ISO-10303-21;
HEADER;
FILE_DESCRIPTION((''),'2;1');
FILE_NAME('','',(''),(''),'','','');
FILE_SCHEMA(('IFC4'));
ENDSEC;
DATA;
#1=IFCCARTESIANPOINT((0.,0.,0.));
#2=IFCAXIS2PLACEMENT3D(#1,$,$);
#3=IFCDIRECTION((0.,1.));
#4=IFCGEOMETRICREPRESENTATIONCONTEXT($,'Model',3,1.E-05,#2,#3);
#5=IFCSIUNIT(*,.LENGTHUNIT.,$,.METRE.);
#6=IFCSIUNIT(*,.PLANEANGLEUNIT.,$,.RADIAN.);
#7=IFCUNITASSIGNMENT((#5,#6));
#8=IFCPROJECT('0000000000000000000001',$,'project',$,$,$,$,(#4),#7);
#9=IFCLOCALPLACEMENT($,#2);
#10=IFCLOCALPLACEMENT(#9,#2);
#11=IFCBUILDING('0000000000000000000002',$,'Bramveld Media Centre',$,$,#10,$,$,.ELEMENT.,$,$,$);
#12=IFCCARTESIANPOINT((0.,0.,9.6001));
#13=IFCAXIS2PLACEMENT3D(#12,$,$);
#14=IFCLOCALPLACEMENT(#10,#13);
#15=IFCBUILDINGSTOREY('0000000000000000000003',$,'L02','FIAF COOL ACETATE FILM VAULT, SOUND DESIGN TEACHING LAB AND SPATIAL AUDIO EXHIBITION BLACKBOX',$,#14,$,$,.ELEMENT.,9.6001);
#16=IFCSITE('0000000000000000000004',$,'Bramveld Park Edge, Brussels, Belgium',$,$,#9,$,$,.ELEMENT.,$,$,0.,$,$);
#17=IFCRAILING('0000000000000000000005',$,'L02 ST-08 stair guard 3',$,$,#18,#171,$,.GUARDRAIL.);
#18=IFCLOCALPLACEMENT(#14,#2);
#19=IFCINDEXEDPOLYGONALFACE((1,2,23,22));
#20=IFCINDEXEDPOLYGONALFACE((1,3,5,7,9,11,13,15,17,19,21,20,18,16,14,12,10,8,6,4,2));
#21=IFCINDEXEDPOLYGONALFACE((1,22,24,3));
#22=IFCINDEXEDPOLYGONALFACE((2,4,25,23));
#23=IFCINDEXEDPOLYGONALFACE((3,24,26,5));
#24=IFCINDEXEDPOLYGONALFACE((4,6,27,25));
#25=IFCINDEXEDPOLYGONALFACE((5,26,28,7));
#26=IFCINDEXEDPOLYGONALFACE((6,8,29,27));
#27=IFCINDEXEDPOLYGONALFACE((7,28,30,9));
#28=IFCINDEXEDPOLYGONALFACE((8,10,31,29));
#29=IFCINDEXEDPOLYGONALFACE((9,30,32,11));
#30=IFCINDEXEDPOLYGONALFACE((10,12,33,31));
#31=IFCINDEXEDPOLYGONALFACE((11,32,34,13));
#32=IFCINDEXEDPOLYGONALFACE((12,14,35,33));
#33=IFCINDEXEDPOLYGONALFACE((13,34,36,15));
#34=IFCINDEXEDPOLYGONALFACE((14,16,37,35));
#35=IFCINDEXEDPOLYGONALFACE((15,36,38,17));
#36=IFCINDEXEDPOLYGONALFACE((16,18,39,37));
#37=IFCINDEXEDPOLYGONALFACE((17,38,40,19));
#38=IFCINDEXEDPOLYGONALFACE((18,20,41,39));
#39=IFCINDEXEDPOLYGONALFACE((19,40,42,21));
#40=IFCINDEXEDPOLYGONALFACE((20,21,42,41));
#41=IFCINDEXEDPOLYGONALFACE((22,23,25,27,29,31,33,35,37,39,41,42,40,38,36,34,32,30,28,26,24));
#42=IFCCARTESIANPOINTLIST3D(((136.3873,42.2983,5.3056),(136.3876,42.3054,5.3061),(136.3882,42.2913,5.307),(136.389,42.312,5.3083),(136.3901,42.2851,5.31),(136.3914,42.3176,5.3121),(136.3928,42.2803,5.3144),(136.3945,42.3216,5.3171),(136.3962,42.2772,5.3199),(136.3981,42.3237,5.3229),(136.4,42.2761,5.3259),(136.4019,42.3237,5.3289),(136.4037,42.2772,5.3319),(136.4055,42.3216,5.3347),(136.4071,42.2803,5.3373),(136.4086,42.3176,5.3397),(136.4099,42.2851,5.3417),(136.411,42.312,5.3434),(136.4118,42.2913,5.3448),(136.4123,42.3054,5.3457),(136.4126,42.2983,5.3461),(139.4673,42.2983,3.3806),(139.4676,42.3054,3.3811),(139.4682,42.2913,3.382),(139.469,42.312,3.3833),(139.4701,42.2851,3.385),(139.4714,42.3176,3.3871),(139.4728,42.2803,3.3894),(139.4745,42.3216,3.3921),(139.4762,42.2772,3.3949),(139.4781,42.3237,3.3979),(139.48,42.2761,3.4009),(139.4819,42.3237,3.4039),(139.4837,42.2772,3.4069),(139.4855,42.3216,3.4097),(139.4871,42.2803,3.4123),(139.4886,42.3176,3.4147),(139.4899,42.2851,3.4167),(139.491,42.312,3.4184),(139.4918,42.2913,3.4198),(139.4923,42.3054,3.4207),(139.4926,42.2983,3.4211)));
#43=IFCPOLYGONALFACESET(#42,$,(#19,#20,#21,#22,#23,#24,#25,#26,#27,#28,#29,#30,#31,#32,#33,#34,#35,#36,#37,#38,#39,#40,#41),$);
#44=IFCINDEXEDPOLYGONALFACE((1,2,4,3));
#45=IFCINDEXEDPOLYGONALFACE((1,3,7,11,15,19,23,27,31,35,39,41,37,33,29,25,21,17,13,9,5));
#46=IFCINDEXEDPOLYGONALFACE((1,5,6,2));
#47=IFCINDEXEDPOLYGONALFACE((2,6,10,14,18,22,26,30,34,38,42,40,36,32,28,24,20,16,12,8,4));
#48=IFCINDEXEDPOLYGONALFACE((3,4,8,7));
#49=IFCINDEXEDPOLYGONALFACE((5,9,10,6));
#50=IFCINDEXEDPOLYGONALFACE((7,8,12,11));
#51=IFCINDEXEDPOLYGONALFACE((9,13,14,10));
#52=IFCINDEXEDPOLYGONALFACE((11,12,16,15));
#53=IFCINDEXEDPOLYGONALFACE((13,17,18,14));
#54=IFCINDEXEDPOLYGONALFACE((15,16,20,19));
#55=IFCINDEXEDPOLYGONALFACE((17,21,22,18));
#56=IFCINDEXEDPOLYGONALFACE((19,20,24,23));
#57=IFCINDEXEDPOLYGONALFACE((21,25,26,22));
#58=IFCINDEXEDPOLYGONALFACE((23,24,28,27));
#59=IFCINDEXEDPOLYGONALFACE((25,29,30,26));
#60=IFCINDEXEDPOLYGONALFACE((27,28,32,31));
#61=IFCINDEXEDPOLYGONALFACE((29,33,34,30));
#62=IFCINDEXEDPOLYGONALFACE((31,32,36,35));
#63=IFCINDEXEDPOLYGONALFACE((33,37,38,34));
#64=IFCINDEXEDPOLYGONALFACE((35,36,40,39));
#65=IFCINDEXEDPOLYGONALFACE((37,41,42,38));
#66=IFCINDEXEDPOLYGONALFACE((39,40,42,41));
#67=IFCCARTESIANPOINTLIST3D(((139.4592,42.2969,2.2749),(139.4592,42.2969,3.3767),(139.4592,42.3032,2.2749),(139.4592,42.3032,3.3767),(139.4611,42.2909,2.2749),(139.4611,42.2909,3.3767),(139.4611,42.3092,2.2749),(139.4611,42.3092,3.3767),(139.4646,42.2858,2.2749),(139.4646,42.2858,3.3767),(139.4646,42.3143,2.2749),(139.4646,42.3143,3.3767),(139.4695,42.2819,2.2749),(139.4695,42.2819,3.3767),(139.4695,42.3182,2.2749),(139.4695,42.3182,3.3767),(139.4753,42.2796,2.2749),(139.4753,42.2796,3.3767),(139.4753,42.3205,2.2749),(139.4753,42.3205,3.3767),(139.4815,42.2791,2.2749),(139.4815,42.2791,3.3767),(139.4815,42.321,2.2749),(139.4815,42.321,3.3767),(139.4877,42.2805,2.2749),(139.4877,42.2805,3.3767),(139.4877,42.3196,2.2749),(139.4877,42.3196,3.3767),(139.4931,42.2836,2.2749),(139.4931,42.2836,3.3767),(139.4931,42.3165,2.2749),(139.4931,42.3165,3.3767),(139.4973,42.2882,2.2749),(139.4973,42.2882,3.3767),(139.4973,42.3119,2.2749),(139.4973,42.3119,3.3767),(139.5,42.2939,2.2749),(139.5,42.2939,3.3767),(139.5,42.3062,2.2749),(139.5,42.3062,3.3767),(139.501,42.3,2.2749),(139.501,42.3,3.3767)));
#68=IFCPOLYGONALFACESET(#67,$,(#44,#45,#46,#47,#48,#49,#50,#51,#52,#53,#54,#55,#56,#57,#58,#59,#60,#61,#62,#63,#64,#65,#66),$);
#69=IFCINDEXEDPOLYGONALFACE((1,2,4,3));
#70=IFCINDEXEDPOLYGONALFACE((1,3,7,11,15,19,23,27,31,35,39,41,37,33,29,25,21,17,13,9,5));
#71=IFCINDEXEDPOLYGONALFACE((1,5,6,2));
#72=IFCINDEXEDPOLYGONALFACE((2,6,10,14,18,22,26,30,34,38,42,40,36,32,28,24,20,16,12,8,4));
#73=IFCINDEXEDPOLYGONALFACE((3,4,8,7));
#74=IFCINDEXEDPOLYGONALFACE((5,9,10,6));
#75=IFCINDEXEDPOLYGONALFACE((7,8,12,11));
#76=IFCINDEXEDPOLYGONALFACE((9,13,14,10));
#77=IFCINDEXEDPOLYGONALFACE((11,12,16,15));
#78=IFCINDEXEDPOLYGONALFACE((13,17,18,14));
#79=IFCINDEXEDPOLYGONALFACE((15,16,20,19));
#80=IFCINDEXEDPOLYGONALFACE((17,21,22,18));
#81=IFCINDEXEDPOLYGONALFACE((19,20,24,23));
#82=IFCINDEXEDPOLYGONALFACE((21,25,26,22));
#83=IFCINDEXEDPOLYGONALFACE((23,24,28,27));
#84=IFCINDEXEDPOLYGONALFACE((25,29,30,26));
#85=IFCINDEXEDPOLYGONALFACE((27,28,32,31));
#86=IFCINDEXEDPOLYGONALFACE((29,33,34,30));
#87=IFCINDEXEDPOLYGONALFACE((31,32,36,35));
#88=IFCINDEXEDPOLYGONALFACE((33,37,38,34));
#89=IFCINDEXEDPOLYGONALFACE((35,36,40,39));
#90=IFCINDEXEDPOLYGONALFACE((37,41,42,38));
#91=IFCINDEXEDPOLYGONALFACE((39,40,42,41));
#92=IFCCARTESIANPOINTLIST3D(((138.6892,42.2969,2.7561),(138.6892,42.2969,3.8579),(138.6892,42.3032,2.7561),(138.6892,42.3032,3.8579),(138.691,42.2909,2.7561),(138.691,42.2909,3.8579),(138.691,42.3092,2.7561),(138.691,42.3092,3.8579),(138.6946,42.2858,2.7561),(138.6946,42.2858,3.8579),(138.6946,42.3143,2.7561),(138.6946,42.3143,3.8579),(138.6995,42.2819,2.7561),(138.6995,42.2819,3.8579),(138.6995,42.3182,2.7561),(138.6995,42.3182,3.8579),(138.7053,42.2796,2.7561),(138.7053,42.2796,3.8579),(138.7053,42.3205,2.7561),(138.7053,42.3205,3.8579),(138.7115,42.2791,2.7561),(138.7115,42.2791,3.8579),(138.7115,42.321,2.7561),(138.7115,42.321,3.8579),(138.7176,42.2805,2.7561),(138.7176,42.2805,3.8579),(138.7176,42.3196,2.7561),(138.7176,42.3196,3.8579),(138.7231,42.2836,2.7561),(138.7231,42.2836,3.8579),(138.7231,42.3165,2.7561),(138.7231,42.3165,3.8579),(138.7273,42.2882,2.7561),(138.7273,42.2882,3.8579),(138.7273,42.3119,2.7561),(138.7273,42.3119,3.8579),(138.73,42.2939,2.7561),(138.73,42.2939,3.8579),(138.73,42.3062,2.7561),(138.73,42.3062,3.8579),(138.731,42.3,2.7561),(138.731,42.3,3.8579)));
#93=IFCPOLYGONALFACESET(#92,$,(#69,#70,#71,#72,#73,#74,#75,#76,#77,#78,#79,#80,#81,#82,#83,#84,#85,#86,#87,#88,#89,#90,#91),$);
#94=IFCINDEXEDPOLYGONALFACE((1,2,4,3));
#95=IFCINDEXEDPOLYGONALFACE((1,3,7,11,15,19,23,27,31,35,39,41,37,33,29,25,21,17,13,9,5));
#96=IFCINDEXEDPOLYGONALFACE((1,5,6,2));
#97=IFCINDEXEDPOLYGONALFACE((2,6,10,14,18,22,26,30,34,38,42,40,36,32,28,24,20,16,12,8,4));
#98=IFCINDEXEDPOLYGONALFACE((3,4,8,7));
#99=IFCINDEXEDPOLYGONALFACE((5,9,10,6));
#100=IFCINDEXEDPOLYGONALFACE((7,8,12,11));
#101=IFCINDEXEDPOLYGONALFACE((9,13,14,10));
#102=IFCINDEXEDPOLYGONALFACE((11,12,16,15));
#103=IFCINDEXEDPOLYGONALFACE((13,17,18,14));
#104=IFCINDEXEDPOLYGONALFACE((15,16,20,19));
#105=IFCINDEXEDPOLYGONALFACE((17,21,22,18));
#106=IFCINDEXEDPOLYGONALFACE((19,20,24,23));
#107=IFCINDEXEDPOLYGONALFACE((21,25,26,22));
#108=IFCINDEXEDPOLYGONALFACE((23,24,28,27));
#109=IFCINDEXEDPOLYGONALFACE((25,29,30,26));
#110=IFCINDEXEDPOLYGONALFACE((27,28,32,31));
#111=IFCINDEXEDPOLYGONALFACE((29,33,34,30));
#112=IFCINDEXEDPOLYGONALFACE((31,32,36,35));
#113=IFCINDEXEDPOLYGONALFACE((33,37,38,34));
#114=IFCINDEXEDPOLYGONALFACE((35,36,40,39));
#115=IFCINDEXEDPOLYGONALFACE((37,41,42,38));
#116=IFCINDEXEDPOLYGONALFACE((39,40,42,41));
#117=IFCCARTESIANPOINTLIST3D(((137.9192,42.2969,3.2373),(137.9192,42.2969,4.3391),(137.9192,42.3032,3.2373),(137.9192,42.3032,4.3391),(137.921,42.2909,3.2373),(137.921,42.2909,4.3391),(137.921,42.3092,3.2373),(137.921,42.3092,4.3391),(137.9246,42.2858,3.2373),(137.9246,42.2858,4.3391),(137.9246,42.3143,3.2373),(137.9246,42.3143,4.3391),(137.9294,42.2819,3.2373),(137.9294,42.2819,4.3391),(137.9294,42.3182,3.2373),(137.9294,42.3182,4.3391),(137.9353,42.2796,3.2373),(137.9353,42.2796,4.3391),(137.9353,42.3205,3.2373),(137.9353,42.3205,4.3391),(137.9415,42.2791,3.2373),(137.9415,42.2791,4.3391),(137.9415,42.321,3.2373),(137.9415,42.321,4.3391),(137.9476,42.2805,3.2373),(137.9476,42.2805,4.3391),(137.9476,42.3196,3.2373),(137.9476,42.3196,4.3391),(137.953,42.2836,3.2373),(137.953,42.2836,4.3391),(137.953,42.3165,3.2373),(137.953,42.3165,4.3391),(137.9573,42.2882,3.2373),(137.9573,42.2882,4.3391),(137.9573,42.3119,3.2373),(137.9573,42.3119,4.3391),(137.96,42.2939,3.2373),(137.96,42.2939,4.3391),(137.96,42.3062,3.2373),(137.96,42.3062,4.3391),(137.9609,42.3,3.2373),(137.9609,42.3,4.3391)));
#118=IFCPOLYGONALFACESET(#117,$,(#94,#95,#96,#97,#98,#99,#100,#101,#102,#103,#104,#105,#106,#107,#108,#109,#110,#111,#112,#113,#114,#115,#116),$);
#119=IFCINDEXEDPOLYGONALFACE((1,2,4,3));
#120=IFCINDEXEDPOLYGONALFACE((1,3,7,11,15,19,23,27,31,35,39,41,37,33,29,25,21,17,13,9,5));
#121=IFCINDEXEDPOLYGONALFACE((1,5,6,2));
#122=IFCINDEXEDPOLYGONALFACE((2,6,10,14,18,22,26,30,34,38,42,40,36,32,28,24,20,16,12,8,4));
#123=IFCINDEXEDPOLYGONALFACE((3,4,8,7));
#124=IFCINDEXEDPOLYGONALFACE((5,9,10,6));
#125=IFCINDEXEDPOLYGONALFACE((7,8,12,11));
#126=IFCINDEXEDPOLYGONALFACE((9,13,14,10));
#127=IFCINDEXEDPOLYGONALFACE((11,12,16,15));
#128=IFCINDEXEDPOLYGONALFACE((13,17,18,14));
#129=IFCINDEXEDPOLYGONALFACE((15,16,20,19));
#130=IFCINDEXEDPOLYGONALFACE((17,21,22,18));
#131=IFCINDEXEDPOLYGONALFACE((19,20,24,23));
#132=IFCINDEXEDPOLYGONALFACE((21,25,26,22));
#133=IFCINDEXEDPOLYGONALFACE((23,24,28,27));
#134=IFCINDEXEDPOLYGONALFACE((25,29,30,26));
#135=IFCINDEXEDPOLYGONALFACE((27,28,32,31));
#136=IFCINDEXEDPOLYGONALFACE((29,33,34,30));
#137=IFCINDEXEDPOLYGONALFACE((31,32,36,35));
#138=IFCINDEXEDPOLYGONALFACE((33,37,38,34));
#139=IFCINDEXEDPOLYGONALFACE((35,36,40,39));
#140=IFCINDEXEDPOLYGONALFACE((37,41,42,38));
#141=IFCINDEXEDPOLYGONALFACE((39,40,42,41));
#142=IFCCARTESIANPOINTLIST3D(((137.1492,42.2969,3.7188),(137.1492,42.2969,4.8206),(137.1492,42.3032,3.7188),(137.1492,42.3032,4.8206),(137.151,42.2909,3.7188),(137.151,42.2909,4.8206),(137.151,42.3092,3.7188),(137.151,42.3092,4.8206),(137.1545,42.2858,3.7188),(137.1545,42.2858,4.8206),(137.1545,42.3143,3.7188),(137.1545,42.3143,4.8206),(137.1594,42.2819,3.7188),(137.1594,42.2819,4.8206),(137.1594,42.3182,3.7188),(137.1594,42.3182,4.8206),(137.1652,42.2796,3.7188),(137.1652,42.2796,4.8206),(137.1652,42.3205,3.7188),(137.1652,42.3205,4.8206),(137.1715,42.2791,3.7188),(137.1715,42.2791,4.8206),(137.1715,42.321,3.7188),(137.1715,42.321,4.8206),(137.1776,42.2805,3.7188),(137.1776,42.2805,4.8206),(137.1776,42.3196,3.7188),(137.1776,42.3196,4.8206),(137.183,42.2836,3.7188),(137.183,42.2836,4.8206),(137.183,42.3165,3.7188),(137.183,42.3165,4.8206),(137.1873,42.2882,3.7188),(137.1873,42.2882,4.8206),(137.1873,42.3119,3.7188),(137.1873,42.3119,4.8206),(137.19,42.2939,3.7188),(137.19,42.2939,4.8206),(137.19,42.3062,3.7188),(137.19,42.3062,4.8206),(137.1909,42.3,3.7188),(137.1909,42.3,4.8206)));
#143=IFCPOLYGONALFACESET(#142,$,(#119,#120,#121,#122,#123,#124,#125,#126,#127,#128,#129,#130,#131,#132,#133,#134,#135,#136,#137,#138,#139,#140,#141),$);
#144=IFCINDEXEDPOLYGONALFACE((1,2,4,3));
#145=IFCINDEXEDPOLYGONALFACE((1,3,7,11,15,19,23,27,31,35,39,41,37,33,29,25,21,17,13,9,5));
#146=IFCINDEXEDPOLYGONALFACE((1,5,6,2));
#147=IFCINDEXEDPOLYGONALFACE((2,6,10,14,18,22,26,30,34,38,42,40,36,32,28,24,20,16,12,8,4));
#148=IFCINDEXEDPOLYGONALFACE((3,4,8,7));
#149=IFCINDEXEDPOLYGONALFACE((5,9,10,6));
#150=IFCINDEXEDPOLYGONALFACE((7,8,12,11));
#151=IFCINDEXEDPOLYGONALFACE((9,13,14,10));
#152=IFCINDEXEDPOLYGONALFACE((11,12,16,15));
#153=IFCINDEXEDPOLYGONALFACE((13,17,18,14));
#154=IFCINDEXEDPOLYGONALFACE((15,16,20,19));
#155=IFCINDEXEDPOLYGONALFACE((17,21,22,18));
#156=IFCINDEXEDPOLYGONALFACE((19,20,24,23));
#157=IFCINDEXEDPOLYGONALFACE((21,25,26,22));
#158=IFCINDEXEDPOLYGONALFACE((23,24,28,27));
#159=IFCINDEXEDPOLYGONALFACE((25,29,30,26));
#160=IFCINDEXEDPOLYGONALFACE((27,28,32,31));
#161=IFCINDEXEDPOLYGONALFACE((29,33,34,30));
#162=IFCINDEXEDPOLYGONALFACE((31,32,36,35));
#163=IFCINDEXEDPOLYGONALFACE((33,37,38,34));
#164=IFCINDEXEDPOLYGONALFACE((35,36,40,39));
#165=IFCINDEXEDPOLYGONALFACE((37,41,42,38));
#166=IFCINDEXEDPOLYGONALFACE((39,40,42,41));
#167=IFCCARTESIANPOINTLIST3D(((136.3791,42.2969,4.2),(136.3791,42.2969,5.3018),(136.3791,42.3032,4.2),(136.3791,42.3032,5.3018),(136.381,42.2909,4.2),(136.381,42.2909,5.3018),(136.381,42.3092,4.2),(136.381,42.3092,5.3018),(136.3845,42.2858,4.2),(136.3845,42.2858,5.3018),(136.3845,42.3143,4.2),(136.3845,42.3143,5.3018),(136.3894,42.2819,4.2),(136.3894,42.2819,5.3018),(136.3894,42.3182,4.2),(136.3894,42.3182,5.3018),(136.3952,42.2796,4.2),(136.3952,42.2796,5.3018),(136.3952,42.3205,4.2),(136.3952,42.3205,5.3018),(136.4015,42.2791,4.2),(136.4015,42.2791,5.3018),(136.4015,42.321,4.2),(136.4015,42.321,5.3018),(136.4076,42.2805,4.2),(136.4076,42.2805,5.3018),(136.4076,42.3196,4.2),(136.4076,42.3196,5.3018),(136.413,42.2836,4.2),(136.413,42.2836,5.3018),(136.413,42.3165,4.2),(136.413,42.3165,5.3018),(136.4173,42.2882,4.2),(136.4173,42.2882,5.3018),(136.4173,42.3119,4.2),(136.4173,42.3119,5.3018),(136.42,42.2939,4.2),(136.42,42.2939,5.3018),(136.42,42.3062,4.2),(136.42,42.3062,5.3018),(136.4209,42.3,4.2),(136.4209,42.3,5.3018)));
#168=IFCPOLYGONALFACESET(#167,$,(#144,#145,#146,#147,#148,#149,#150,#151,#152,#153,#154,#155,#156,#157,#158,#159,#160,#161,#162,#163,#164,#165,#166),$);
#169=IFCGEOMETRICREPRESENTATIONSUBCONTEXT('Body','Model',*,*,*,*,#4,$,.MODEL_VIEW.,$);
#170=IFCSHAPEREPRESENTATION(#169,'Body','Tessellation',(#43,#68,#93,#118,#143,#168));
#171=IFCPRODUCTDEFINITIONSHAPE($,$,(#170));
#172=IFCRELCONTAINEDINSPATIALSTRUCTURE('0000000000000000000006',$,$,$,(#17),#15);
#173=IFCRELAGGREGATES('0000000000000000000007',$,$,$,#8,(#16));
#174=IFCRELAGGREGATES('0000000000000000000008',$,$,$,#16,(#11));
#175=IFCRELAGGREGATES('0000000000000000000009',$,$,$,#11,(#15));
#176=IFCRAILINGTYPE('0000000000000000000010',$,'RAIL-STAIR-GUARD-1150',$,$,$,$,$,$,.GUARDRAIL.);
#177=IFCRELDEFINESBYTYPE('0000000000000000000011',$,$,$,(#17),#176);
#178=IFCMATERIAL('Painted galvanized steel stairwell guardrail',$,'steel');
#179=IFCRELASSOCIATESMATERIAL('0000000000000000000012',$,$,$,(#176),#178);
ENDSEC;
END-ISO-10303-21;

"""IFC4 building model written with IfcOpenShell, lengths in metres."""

from ifc_helpers import new_model, si_unit, direction, frame, origin, origin_2d, place, context, subcontext, project, spatial, circle, extrude, material, type_object, element, save


model = new_model("IFC4")

# Units and contexts
model_context = context("Model", 3, precision=1e-05, world=origin(), true_north=direction((0.0, 1.0)))
body_context = subcontext(model_context, "Body", "Model", "MODEL_VIEW")
ifc_project = project(units=[si_unit("LENGTHUNIT", "METRE"), si_unit("PLANEANGLEUNIT", "RADIAN")], contexts=[model_context])

# Site, building, storey
site_placement = place(None, origin())
site = spatial("IfcSite", under=ifc_project, at=site_placement, Name="Bramveld Park Edge, Brussels, Belgium", CompositionType="ELEMENT", RefElevation=0.0)
building_placement = place(site_placement, origin())
building = spatial("IfcBuilding", under=site, at=building_placement, Name="Bramveld Media Centre", CompositionType="ELEMENT")
storey_placement = place(building_placement, frame((0.0, 0.0, 9.6001)))
storey = spatial("IfcBuildingStorey", under=building, at=storey_placement, Name="L02", Description="FIAF COOL ACETATE FILM VAULT, SOUND DESIGN TEACHING LAB AND SPATIAL AUDIO EXHIBITION BLACKBOX", CompositionType="ELEMENT", Elevation=9.6001)

# Railing
ifc_material_1 = material(Name="Painted galvanized steel stairwell guardrail", Category="steel")
railing_type_1 = type_object("IfcRailingType", Name="RAIL-STAIR-GUARD-1150", PredefinedType="GUARDRAIL", material=ifc_material_1)
railing_1_placement = place(storey_placement, frame((139.48, 42.3, 2.2749)))
element("IfcRailing", 1, at=railing_1_placement, inside=storey, type_object=railing_type_1, Name="L02 ST-08 stair guard 3", PredefinedType="GUARDRAIL", context=body_context, shape_type="SweptSolid", body=[
    extrude(circle(Radius=0.0239, at=origin_2d()), frame((0.0, 0.0, 1.126), z_axis=(-0.847998, 0.0, 0.529999), x_axis=(0.0, -1.0, 0.0)), (0.0, 0.0, 1.0), 3.6321),
    extrude(circle(Radius=0.021, at=origin_2d()), origin(), (0.0, 0.0, 1.0), 1.1018),
    extrude(circle(Radius=0.021, at=origin_2d()), frame((-0.77, 0.0, 0.4812)), (0.0, 0.0, 1.0), 1.1018),
    extrude(circle(Radius=0.021, at=origin_2d()), frame((-1.54, 0.0, 0.9624)), (0.0, 0.0, 1.0), 1.1018),
    extrude(circle(Radius=0.021, at=origin_2d()), frame((-2.3101, 0.0, 1.4438)), (0.0, 0.0, 1.0), 1.1018),
    extrude(circle(Radius=0.021, at=origin_2d()), frame((-3.0801, 0.0, 1.925)), (0.0, 0.0, 1.0), 1.1018),
])

save(model, "model.ifc")
